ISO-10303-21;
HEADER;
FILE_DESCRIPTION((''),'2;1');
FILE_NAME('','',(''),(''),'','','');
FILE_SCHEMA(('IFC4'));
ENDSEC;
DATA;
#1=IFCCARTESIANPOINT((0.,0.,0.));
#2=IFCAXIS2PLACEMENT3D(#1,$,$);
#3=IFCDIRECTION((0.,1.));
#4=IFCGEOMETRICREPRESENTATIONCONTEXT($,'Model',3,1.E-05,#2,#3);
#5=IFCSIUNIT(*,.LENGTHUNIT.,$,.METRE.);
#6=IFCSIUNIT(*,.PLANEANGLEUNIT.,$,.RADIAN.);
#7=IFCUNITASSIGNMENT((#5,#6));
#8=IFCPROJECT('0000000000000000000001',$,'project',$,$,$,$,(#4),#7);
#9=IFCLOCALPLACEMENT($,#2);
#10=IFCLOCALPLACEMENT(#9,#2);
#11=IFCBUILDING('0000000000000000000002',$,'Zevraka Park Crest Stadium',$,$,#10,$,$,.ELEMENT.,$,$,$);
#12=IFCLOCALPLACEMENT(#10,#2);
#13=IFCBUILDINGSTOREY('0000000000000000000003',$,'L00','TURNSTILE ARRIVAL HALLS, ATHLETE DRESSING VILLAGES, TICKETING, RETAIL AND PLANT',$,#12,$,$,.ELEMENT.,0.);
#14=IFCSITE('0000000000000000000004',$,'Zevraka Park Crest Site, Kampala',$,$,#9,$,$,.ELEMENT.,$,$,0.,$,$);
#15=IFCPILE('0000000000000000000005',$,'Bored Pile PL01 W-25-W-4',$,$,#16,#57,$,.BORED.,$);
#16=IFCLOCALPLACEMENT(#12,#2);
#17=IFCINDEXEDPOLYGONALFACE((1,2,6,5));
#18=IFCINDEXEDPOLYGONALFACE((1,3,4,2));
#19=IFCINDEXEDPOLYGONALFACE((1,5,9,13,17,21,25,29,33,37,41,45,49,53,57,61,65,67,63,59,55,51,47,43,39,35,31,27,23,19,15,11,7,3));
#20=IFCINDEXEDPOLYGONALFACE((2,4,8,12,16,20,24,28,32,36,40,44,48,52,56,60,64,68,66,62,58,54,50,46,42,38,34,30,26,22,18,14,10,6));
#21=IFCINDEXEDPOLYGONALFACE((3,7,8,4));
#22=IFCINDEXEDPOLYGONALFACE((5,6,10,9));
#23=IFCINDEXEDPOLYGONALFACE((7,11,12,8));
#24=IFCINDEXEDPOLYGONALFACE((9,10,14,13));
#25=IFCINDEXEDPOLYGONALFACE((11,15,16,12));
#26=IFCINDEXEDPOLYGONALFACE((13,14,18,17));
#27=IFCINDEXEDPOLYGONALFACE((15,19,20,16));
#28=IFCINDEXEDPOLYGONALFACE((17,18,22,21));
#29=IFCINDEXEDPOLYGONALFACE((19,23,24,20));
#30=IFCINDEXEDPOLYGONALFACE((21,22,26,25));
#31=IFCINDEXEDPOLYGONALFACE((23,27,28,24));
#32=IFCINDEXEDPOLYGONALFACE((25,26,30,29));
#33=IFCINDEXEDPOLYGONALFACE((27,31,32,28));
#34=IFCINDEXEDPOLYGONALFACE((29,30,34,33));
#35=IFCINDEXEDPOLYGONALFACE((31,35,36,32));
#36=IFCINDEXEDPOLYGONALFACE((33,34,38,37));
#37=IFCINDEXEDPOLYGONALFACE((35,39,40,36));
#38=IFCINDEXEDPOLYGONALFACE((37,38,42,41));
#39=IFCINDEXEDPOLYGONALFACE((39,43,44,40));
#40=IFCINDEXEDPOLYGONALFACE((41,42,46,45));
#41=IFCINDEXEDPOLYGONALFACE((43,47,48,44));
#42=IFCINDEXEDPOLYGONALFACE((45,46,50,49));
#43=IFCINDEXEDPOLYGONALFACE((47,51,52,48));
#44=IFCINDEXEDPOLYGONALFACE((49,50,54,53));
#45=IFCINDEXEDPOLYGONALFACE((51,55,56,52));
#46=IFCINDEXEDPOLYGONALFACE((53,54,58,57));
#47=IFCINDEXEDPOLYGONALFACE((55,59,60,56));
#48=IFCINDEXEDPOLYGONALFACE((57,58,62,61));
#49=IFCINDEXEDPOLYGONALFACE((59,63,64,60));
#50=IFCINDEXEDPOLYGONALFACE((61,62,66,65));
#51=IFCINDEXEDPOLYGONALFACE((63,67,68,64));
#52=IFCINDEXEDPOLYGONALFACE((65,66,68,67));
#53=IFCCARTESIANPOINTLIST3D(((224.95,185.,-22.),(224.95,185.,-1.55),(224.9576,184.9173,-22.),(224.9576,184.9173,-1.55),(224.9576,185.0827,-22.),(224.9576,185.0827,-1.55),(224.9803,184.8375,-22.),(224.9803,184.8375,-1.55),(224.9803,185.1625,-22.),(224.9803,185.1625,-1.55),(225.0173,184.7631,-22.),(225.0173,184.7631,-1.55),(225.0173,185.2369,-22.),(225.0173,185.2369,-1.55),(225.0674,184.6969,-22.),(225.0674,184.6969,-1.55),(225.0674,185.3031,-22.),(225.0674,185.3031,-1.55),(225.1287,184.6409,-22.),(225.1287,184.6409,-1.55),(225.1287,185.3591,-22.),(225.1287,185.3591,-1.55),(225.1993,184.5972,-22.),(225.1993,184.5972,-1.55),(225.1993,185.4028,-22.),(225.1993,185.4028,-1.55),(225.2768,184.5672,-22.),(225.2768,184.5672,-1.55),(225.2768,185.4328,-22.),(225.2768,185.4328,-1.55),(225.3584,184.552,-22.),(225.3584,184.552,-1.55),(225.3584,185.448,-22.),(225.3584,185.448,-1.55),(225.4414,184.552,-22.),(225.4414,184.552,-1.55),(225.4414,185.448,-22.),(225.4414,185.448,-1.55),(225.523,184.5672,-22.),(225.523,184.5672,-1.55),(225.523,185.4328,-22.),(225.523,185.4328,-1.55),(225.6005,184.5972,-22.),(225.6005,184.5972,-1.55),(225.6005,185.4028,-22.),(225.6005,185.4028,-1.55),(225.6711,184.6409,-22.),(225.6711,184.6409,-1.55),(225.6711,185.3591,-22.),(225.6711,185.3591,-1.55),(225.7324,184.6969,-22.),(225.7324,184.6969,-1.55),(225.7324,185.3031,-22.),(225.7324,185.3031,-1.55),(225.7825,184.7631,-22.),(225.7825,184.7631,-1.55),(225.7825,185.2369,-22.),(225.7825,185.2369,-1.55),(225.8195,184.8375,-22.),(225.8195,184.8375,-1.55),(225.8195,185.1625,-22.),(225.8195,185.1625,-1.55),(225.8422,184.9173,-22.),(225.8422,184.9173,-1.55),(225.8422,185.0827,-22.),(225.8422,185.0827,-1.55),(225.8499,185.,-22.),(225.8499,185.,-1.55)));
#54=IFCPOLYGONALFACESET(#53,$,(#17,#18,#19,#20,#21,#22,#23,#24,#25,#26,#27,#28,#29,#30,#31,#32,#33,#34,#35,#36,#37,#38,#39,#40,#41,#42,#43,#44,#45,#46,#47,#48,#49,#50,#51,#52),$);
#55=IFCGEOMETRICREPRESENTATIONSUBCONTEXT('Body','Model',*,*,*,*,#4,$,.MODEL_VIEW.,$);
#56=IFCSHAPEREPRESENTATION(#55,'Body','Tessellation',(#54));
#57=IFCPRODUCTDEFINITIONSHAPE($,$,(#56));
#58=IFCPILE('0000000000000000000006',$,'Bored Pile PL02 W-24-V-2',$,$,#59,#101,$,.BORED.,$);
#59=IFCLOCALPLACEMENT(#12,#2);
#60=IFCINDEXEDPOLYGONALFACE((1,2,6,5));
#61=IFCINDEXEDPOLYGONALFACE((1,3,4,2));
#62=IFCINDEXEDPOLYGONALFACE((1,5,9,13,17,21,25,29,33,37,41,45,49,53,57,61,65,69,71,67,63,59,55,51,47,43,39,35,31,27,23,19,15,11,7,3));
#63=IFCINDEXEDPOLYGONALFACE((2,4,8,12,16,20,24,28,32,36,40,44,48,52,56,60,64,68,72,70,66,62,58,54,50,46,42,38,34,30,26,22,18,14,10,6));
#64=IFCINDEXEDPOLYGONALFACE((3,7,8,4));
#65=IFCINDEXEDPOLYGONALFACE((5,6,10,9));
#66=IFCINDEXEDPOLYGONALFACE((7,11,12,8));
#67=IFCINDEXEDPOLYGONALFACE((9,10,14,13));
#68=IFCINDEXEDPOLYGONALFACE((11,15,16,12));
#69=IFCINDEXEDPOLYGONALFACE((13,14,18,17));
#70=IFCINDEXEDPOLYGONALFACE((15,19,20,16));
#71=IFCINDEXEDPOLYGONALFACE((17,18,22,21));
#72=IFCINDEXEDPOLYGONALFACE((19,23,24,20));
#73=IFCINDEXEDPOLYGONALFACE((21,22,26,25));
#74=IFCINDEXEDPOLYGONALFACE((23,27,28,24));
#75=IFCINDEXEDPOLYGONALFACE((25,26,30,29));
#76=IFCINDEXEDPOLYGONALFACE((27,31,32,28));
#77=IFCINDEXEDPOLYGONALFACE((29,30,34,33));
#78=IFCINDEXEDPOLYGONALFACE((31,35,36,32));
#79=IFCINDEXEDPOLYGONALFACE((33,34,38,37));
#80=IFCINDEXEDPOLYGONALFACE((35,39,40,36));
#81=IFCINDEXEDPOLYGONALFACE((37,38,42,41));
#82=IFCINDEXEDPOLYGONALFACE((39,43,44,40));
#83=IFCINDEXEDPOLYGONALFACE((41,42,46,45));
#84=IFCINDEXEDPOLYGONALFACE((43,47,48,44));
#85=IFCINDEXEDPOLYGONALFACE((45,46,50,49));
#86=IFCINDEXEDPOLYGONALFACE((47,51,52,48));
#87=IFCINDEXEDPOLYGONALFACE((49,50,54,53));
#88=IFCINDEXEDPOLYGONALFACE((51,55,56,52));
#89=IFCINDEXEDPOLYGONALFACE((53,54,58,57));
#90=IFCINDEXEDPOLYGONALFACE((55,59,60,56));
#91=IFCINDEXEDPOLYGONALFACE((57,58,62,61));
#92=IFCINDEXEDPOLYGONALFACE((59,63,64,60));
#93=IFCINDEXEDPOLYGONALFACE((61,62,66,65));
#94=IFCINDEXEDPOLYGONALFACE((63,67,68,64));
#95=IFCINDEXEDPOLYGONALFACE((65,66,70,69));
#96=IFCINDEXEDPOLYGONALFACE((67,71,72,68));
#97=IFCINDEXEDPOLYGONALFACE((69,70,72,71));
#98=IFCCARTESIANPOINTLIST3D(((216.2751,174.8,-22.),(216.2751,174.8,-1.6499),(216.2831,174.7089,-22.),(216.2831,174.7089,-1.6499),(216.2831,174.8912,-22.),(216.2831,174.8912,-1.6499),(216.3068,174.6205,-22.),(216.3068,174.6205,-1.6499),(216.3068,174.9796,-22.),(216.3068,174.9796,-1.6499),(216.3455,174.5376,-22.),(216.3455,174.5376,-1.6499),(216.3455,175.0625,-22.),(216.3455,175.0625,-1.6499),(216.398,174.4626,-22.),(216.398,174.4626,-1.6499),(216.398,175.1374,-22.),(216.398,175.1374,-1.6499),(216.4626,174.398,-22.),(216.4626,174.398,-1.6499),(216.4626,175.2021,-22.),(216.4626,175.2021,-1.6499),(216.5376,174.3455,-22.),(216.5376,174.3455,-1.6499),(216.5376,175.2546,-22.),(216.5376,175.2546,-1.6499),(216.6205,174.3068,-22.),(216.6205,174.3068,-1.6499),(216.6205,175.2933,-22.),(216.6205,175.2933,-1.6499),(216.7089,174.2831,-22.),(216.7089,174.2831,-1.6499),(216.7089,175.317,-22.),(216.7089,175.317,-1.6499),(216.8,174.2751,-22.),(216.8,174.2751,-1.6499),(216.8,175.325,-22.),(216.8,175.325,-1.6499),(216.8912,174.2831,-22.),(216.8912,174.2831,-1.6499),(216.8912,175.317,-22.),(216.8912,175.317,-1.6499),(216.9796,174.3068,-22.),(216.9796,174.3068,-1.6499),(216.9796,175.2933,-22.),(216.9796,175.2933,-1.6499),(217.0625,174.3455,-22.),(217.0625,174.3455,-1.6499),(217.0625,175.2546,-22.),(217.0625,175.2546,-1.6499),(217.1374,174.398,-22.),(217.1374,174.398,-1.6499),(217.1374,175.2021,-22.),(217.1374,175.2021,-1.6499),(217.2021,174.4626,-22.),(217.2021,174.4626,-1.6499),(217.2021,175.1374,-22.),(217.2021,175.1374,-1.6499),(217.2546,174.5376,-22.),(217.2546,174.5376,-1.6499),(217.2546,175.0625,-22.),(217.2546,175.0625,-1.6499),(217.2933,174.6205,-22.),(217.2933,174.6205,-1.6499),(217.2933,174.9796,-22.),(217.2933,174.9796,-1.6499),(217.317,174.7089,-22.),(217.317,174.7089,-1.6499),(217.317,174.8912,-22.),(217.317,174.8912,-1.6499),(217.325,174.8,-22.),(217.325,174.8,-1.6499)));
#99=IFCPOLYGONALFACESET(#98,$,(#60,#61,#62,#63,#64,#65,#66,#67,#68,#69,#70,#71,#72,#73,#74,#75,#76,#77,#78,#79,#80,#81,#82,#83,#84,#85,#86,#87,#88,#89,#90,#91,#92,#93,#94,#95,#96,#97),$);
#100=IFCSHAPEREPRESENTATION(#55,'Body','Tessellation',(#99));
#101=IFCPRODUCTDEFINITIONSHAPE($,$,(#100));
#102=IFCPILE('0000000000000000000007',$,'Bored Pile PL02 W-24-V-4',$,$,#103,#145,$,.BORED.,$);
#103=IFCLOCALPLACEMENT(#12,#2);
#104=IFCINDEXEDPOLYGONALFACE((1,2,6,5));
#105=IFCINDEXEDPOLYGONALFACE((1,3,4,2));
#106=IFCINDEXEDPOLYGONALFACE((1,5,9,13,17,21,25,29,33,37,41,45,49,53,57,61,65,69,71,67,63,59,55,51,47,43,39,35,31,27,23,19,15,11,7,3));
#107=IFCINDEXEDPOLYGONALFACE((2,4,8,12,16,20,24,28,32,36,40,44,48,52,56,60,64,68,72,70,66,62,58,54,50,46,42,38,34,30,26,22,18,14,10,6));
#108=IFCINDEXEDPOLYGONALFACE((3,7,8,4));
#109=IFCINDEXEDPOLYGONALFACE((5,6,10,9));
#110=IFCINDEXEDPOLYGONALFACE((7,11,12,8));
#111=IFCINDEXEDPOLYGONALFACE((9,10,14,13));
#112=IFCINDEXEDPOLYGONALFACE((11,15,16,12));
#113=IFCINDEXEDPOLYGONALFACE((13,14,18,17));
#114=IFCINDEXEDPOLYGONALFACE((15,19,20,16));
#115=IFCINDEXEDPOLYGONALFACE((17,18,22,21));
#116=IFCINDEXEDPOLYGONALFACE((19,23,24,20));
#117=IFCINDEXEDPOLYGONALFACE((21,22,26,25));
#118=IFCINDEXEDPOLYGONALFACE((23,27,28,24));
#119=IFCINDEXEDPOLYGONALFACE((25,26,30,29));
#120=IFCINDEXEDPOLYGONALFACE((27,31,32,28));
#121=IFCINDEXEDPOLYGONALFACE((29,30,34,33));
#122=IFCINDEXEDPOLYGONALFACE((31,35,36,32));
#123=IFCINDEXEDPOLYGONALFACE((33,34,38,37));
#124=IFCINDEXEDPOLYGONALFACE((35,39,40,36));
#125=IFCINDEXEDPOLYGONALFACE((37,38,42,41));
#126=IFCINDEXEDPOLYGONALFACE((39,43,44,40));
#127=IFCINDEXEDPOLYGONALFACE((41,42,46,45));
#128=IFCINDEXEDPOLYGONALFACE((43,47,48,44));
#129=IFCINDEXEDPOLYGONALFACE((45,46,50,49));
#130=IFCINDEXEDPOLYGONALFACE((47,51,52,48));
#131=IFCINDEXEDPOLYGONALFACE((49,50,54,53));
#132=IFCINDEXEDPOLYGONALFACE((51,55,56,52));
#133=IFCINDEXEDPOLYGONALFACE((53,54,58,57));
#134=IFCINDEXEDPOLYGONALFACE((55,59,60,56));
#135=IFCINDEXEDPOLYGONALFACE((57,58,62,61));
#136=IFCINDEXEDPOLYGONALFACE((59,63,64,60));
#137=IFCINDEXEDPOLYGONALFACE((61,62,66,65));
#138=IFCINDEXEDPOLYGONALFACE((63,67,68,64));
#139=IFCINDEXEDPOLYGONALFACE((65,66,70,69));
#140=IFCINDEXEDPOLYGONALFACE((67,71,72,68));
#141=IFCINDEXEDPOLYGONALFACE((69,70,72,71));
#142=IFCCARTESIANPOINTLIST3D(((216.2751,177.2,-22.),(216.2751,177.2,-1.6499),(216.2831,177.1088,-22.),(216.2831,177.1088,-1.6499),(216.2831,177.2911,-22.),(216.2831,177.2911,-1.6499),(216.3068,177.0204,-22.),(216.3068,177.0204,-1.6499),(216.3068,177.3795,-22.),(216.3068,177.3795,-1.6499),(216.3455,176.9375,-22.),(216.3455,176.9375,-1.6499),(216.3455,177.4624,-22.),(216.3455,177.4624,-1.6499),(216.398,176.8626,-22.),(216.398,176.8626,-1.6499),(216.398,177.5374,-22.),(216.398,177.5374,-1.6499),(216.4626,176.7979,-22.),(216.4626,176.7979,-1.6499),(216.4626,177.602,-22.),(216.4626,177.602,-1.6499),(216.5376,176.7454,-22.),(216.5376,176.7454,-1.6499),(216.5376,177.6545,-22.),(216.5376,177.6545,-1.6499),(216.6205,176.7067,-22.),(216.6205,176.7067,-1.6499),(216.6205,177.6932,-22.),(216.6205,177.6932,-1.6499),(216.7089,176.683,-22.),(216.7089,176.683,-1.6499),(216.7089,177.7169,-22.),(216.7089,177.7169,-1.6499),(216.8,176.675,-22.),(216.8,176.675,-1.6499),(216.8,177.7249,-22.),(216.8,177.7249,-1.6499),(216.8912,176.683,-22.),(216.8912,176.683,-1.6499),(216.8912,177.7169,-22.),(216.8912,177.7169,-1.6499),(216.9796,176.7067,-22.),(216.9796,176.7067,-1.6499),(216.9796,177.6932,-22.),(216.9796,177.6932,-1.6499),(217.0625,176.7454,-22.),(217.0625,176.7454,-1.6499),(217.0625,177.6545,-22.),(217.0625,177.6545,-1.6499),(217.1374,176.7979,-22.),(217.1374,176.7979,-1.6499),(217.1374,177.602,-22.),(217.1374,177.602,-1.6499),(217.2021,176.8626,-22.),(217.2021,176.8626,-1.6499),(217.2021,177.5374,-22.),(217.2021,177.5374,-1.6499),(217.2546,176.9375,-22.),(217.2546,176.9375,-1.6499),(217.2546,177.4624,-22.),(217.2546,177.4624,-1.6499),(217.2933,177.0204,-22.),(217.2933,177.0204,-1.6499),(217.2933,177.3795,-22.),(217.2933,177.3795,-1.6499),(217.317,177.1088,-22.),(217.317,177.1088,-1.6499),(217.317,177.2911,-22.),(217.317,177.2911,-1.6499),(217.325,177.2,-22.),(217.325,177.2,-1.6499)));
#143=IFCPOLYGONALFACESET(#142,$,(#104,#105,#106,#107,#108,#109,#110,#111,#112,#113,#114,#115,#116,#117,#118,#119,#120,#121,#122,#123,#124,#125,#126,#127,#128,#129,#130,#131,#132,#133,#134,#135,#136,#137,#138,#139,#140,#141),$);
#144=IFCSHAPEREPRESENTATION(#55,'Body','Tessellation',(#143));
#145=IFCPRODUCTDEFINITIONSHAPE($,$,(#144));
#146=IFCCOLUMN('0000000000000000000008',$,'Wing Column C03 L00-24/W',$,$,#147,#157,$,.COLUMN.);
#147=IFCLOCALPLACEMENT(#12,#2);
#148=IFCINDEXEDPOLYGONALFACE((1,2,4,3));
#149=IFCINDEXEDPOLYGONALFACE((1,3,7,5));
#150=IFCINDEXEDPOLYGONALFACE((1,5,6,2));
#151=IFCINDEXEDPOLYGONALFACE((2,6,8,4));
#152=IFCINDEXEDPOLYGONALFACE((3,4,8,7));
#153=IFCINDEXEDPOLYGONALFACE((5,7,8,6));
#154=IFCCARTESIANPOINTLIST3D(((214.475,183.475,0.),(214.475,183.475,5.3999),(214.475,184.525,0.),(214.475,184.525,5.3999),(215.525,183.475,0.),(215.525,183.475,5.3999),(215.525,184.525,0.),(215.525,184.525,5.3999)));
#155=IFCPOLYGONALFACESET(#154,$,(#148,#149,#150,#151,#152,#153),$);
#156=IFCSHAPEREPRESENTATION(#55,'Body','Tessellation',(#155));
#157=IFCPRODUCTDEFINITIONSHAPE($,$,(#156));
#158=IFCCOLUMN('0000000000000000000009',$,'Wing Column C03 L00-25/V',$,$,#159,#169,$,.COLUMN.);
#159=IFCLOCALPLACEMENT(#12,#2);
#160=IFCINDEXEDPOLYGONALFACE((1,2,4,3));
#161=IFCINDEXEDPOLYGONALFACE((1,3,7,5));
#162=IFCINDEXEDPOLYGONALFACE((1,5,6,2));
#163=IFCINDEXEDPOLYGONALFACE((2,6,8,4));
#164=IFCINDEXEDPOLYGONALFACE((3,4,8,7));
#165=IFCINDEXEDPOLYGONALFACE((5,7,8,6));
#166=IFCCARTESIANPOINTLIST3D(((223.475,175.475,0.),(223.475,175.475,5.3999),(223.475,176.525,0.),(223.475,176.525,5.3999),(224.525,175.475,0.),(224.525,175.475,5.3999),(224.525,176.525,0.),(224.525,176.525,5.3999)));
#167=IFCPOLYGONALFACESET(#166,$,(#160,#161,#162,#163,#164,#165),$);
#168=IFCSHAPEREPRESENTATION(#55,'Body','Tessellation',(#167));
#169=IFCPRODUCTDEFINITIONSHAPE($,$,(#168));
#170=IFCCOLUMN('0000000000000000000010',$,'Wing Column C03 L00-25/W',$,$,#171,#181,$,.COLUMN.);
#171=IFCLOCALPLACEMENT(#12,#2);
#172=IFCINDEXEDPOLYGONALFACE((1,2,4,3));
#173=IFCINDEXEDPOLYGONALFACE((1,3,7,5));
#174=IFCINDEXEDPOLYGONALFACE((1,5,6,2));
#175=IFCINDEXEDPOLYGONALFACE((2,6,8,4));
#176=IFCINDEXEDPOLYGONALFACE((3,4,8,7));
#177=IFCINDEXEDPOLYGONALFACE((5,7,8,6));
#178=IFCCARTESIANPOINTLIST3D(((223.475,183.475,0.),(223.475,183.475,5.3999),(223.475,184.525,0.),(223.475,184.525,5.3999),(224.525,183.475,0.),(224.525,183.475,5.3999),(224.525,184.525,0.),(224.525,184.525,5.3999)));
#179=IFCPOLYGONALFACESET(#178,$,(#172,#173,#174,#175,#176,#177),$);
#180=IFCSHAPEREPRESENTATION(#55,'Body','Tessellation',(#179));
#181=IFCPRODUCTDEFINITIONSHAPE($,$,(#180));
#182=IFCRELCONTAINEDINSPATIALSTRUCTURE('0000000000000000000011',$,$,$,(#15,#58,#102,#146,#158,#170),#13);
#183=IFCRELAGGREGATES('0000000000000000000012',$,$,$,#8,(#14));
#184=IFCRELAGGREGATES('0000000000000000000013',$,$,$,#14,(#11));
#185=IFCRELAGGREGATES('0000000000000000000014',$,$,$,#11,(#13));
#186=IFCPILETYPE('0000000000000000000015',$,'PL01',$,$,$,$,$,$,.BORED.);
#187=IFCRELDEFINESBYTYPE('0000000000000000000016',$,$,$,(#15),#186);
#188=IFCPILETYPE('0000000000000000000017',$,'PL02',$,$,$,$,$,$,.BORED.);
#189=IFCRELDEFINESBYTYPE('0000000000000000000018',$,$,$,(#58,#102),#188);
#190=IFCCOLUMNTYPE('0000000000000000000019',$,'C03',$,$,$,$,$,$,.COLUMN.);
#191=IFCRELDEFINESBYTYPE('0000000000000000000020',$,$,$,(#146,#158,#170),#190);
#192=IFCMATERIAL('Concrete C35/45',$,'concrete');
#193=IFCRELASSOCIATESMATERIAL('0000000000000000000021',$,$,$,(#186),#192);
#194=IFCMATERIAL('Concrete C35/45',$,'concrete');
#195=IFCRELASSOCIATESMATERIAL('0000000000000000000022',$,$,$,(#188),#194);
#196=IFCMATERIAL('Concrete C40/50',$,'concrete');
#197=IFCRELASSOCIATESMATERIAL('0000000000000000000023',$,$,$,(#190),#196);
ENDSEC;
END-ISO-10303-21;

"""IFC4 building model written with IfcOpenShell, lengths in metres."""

from ifc_helpers import new_model, si_unit, direction, frame, origin, origin_2d, place, context, subcontext, project, spatial, rectangle, circle, extrude, material, material_profile, profile_set, type_object, element, save


model = new_model("IFC4")

# Units and contexts
model_context = context("Model", 3, precision=1e-05, world=origin(), true_north=direction((0.0, 1.0)))
body_context = subcontext(model_context, "Body", "Model", "MODEL_VIEW")
ifc_project = project(units=[si_unit("LENGTHUNIT", "METRE"), si_unit("PLANEANGLEUNIT", "RADIAN")], contexts=[model_context])

# Site, building, storey
site_placement = place(None, origin())
site = spatial("IfcSite", under=ifc_project, at=site_placement, Name="Zevraka Park Crest Site, Kampala", CompositionType="ELEMENT", RefElevation=0.0)
building_placement = place(site_placement, origin())
building = spatial("IfcBuilding", under=site, at=building_placement, Name="Zevraka Park Crest Stadium", CompositionType="ELEMENT")
storey_placement = place(building_placement, origin())
storey = spatial("IfcBuildingStorey", under=building, at=storey_placement, Name="L00", Description="TURNSTILE ARRIVAL HALLS, ATHLETE DRESSING VILLAGES, TICKETING, RETAIL AND PLANT", CompositionType="ELEMENT", Elevation=0.0)

# Piles
ifc_material_1 = material(Name="Concrete C35/45", Category="concrete")
ifc_material_profile_1 = material_profile(ifc_material_1, circle(Radius=0.45, at=origin_2d()), Name="PILE D900")
ifc_profile_set_1 = profile_set([ifc_material_profile_1], Name="Concrete C35/45")
pile_type_1 = type_object("IfcPileType", Name="PL01", PredefinedType="BORED", material=ifc_profile_set_1)
for number, where, z_axis, x_axis, name in (
    (1, (225.3999, 185.0, -1.55), (0.0, 0.0, -1.0), (1.0, 0.0, 0.0), "Bored Pile PL01 W-25-W-4"),
):
    element("IfcPile", number, at=place(storey_placement, frame(where, z_axis=z_axis, x_axis=x_axis)), inside=storey, type_object=pile_type_1, Name=name, PredefinedType="BORED", context=body_context, shape_type="SweptSolid", body=[
        extrude(circle(Radius=0.45, at=origin_2d()), origin(), (0.0, 0.0, 1.0), 20.45),
    ])
ifc_material_2 = material(Name="Concrete C35/45", Category="concrete")
ifc_material_profile_2 = material_profile(ifc_material_2, circle(Radius=0.5249, at=origin_2d()), Name="PILE D1050")
ifc_profile_set_2 = profile_set([ifc_material_profile_2], Name="Concrete C35/45")
pile_type_2 = type_object("IfcPileType", Name="PL02", PredefinedType="BORED", material=ifc_profile_set_2)
for number, where, z_axis, x_axis, name in (
    (2, (216.8, 174.8, -1.6499), (0.0, 0.0, -1.0), (1.0, 0.0, 0.0), "Bored Pile PL02 W-24-V-2"),
    (3, (216.8, 177.2, -1.6499), (0.0, 0.0, -1.0), (1.0, 0.0, 0.0), "Bored Pile PL02 W-24-V-4"),
):
    element("IfcPile", number, at=place(storey_placement, frame(where, z_axis=z_axis, x_axis=x_axis)), inside=storey, type_object=pile_type_2, Name=name, PredefinedType="BORED", context=body_context, shape_type="SweptSolid", body=[
        extrude(circle(Radius=0.5249, at=origin_2d()), origin(), (0.0, 0.0, 1.0), 20.3501),
    ])

# Columns
ifc_material_3 = material(Name="Concrete C40/50", Category="concrete")
ifc_material_profile_3 = material_profile(ifc_material_3, rectangle(XDim=1.05, YDim=1.05, at=origin_2d()), Name="RC 1050x1050")
ifc_profile_set_3 = profile_set([ifc_material_profile_3], Name="Concrete C40/50")
column_type = type_object("IfcColumnType", Name="C03", PredefinedType="COLUMN", material=ifc_profile_set_3)
for number, where, z_axis, x_axis, name in (
    (4, (215.0, 184.0, 0.0), (0.0, 0.0, 1.0), (1.0, 0.0, 0.0), "Wing Column C03 L00-24/W"),
    (5, (224.0, 176.0, 0.0), (0.0, 0.0, 1.0), (1.0, 0.0, 0.0), "Wing Column C03 L00-25/V"),
    (6, (224.0, 184.0, 0.0), (0.0, 0.0, 1.0), (1.0, 0.0, 0.0), "Wing Column C03 L00-25/W"),
):
    element("IfcColumn", number, at=place(storey_placement, frame(where, z_axis=z_axis, x_axis=x_axis)), inside=storey, type_object=column_type, Name=name, PredefinedType="COLUMN", context=body_context, shape_type="SweptSolid", body=[
        extrude(rectangle(XDim=1.05, YDim=1.05, at=origin_2d()), origin(), (0.0, 0.0, 1.0), 5.3999),
    ])

save(model, "model.ifc")
